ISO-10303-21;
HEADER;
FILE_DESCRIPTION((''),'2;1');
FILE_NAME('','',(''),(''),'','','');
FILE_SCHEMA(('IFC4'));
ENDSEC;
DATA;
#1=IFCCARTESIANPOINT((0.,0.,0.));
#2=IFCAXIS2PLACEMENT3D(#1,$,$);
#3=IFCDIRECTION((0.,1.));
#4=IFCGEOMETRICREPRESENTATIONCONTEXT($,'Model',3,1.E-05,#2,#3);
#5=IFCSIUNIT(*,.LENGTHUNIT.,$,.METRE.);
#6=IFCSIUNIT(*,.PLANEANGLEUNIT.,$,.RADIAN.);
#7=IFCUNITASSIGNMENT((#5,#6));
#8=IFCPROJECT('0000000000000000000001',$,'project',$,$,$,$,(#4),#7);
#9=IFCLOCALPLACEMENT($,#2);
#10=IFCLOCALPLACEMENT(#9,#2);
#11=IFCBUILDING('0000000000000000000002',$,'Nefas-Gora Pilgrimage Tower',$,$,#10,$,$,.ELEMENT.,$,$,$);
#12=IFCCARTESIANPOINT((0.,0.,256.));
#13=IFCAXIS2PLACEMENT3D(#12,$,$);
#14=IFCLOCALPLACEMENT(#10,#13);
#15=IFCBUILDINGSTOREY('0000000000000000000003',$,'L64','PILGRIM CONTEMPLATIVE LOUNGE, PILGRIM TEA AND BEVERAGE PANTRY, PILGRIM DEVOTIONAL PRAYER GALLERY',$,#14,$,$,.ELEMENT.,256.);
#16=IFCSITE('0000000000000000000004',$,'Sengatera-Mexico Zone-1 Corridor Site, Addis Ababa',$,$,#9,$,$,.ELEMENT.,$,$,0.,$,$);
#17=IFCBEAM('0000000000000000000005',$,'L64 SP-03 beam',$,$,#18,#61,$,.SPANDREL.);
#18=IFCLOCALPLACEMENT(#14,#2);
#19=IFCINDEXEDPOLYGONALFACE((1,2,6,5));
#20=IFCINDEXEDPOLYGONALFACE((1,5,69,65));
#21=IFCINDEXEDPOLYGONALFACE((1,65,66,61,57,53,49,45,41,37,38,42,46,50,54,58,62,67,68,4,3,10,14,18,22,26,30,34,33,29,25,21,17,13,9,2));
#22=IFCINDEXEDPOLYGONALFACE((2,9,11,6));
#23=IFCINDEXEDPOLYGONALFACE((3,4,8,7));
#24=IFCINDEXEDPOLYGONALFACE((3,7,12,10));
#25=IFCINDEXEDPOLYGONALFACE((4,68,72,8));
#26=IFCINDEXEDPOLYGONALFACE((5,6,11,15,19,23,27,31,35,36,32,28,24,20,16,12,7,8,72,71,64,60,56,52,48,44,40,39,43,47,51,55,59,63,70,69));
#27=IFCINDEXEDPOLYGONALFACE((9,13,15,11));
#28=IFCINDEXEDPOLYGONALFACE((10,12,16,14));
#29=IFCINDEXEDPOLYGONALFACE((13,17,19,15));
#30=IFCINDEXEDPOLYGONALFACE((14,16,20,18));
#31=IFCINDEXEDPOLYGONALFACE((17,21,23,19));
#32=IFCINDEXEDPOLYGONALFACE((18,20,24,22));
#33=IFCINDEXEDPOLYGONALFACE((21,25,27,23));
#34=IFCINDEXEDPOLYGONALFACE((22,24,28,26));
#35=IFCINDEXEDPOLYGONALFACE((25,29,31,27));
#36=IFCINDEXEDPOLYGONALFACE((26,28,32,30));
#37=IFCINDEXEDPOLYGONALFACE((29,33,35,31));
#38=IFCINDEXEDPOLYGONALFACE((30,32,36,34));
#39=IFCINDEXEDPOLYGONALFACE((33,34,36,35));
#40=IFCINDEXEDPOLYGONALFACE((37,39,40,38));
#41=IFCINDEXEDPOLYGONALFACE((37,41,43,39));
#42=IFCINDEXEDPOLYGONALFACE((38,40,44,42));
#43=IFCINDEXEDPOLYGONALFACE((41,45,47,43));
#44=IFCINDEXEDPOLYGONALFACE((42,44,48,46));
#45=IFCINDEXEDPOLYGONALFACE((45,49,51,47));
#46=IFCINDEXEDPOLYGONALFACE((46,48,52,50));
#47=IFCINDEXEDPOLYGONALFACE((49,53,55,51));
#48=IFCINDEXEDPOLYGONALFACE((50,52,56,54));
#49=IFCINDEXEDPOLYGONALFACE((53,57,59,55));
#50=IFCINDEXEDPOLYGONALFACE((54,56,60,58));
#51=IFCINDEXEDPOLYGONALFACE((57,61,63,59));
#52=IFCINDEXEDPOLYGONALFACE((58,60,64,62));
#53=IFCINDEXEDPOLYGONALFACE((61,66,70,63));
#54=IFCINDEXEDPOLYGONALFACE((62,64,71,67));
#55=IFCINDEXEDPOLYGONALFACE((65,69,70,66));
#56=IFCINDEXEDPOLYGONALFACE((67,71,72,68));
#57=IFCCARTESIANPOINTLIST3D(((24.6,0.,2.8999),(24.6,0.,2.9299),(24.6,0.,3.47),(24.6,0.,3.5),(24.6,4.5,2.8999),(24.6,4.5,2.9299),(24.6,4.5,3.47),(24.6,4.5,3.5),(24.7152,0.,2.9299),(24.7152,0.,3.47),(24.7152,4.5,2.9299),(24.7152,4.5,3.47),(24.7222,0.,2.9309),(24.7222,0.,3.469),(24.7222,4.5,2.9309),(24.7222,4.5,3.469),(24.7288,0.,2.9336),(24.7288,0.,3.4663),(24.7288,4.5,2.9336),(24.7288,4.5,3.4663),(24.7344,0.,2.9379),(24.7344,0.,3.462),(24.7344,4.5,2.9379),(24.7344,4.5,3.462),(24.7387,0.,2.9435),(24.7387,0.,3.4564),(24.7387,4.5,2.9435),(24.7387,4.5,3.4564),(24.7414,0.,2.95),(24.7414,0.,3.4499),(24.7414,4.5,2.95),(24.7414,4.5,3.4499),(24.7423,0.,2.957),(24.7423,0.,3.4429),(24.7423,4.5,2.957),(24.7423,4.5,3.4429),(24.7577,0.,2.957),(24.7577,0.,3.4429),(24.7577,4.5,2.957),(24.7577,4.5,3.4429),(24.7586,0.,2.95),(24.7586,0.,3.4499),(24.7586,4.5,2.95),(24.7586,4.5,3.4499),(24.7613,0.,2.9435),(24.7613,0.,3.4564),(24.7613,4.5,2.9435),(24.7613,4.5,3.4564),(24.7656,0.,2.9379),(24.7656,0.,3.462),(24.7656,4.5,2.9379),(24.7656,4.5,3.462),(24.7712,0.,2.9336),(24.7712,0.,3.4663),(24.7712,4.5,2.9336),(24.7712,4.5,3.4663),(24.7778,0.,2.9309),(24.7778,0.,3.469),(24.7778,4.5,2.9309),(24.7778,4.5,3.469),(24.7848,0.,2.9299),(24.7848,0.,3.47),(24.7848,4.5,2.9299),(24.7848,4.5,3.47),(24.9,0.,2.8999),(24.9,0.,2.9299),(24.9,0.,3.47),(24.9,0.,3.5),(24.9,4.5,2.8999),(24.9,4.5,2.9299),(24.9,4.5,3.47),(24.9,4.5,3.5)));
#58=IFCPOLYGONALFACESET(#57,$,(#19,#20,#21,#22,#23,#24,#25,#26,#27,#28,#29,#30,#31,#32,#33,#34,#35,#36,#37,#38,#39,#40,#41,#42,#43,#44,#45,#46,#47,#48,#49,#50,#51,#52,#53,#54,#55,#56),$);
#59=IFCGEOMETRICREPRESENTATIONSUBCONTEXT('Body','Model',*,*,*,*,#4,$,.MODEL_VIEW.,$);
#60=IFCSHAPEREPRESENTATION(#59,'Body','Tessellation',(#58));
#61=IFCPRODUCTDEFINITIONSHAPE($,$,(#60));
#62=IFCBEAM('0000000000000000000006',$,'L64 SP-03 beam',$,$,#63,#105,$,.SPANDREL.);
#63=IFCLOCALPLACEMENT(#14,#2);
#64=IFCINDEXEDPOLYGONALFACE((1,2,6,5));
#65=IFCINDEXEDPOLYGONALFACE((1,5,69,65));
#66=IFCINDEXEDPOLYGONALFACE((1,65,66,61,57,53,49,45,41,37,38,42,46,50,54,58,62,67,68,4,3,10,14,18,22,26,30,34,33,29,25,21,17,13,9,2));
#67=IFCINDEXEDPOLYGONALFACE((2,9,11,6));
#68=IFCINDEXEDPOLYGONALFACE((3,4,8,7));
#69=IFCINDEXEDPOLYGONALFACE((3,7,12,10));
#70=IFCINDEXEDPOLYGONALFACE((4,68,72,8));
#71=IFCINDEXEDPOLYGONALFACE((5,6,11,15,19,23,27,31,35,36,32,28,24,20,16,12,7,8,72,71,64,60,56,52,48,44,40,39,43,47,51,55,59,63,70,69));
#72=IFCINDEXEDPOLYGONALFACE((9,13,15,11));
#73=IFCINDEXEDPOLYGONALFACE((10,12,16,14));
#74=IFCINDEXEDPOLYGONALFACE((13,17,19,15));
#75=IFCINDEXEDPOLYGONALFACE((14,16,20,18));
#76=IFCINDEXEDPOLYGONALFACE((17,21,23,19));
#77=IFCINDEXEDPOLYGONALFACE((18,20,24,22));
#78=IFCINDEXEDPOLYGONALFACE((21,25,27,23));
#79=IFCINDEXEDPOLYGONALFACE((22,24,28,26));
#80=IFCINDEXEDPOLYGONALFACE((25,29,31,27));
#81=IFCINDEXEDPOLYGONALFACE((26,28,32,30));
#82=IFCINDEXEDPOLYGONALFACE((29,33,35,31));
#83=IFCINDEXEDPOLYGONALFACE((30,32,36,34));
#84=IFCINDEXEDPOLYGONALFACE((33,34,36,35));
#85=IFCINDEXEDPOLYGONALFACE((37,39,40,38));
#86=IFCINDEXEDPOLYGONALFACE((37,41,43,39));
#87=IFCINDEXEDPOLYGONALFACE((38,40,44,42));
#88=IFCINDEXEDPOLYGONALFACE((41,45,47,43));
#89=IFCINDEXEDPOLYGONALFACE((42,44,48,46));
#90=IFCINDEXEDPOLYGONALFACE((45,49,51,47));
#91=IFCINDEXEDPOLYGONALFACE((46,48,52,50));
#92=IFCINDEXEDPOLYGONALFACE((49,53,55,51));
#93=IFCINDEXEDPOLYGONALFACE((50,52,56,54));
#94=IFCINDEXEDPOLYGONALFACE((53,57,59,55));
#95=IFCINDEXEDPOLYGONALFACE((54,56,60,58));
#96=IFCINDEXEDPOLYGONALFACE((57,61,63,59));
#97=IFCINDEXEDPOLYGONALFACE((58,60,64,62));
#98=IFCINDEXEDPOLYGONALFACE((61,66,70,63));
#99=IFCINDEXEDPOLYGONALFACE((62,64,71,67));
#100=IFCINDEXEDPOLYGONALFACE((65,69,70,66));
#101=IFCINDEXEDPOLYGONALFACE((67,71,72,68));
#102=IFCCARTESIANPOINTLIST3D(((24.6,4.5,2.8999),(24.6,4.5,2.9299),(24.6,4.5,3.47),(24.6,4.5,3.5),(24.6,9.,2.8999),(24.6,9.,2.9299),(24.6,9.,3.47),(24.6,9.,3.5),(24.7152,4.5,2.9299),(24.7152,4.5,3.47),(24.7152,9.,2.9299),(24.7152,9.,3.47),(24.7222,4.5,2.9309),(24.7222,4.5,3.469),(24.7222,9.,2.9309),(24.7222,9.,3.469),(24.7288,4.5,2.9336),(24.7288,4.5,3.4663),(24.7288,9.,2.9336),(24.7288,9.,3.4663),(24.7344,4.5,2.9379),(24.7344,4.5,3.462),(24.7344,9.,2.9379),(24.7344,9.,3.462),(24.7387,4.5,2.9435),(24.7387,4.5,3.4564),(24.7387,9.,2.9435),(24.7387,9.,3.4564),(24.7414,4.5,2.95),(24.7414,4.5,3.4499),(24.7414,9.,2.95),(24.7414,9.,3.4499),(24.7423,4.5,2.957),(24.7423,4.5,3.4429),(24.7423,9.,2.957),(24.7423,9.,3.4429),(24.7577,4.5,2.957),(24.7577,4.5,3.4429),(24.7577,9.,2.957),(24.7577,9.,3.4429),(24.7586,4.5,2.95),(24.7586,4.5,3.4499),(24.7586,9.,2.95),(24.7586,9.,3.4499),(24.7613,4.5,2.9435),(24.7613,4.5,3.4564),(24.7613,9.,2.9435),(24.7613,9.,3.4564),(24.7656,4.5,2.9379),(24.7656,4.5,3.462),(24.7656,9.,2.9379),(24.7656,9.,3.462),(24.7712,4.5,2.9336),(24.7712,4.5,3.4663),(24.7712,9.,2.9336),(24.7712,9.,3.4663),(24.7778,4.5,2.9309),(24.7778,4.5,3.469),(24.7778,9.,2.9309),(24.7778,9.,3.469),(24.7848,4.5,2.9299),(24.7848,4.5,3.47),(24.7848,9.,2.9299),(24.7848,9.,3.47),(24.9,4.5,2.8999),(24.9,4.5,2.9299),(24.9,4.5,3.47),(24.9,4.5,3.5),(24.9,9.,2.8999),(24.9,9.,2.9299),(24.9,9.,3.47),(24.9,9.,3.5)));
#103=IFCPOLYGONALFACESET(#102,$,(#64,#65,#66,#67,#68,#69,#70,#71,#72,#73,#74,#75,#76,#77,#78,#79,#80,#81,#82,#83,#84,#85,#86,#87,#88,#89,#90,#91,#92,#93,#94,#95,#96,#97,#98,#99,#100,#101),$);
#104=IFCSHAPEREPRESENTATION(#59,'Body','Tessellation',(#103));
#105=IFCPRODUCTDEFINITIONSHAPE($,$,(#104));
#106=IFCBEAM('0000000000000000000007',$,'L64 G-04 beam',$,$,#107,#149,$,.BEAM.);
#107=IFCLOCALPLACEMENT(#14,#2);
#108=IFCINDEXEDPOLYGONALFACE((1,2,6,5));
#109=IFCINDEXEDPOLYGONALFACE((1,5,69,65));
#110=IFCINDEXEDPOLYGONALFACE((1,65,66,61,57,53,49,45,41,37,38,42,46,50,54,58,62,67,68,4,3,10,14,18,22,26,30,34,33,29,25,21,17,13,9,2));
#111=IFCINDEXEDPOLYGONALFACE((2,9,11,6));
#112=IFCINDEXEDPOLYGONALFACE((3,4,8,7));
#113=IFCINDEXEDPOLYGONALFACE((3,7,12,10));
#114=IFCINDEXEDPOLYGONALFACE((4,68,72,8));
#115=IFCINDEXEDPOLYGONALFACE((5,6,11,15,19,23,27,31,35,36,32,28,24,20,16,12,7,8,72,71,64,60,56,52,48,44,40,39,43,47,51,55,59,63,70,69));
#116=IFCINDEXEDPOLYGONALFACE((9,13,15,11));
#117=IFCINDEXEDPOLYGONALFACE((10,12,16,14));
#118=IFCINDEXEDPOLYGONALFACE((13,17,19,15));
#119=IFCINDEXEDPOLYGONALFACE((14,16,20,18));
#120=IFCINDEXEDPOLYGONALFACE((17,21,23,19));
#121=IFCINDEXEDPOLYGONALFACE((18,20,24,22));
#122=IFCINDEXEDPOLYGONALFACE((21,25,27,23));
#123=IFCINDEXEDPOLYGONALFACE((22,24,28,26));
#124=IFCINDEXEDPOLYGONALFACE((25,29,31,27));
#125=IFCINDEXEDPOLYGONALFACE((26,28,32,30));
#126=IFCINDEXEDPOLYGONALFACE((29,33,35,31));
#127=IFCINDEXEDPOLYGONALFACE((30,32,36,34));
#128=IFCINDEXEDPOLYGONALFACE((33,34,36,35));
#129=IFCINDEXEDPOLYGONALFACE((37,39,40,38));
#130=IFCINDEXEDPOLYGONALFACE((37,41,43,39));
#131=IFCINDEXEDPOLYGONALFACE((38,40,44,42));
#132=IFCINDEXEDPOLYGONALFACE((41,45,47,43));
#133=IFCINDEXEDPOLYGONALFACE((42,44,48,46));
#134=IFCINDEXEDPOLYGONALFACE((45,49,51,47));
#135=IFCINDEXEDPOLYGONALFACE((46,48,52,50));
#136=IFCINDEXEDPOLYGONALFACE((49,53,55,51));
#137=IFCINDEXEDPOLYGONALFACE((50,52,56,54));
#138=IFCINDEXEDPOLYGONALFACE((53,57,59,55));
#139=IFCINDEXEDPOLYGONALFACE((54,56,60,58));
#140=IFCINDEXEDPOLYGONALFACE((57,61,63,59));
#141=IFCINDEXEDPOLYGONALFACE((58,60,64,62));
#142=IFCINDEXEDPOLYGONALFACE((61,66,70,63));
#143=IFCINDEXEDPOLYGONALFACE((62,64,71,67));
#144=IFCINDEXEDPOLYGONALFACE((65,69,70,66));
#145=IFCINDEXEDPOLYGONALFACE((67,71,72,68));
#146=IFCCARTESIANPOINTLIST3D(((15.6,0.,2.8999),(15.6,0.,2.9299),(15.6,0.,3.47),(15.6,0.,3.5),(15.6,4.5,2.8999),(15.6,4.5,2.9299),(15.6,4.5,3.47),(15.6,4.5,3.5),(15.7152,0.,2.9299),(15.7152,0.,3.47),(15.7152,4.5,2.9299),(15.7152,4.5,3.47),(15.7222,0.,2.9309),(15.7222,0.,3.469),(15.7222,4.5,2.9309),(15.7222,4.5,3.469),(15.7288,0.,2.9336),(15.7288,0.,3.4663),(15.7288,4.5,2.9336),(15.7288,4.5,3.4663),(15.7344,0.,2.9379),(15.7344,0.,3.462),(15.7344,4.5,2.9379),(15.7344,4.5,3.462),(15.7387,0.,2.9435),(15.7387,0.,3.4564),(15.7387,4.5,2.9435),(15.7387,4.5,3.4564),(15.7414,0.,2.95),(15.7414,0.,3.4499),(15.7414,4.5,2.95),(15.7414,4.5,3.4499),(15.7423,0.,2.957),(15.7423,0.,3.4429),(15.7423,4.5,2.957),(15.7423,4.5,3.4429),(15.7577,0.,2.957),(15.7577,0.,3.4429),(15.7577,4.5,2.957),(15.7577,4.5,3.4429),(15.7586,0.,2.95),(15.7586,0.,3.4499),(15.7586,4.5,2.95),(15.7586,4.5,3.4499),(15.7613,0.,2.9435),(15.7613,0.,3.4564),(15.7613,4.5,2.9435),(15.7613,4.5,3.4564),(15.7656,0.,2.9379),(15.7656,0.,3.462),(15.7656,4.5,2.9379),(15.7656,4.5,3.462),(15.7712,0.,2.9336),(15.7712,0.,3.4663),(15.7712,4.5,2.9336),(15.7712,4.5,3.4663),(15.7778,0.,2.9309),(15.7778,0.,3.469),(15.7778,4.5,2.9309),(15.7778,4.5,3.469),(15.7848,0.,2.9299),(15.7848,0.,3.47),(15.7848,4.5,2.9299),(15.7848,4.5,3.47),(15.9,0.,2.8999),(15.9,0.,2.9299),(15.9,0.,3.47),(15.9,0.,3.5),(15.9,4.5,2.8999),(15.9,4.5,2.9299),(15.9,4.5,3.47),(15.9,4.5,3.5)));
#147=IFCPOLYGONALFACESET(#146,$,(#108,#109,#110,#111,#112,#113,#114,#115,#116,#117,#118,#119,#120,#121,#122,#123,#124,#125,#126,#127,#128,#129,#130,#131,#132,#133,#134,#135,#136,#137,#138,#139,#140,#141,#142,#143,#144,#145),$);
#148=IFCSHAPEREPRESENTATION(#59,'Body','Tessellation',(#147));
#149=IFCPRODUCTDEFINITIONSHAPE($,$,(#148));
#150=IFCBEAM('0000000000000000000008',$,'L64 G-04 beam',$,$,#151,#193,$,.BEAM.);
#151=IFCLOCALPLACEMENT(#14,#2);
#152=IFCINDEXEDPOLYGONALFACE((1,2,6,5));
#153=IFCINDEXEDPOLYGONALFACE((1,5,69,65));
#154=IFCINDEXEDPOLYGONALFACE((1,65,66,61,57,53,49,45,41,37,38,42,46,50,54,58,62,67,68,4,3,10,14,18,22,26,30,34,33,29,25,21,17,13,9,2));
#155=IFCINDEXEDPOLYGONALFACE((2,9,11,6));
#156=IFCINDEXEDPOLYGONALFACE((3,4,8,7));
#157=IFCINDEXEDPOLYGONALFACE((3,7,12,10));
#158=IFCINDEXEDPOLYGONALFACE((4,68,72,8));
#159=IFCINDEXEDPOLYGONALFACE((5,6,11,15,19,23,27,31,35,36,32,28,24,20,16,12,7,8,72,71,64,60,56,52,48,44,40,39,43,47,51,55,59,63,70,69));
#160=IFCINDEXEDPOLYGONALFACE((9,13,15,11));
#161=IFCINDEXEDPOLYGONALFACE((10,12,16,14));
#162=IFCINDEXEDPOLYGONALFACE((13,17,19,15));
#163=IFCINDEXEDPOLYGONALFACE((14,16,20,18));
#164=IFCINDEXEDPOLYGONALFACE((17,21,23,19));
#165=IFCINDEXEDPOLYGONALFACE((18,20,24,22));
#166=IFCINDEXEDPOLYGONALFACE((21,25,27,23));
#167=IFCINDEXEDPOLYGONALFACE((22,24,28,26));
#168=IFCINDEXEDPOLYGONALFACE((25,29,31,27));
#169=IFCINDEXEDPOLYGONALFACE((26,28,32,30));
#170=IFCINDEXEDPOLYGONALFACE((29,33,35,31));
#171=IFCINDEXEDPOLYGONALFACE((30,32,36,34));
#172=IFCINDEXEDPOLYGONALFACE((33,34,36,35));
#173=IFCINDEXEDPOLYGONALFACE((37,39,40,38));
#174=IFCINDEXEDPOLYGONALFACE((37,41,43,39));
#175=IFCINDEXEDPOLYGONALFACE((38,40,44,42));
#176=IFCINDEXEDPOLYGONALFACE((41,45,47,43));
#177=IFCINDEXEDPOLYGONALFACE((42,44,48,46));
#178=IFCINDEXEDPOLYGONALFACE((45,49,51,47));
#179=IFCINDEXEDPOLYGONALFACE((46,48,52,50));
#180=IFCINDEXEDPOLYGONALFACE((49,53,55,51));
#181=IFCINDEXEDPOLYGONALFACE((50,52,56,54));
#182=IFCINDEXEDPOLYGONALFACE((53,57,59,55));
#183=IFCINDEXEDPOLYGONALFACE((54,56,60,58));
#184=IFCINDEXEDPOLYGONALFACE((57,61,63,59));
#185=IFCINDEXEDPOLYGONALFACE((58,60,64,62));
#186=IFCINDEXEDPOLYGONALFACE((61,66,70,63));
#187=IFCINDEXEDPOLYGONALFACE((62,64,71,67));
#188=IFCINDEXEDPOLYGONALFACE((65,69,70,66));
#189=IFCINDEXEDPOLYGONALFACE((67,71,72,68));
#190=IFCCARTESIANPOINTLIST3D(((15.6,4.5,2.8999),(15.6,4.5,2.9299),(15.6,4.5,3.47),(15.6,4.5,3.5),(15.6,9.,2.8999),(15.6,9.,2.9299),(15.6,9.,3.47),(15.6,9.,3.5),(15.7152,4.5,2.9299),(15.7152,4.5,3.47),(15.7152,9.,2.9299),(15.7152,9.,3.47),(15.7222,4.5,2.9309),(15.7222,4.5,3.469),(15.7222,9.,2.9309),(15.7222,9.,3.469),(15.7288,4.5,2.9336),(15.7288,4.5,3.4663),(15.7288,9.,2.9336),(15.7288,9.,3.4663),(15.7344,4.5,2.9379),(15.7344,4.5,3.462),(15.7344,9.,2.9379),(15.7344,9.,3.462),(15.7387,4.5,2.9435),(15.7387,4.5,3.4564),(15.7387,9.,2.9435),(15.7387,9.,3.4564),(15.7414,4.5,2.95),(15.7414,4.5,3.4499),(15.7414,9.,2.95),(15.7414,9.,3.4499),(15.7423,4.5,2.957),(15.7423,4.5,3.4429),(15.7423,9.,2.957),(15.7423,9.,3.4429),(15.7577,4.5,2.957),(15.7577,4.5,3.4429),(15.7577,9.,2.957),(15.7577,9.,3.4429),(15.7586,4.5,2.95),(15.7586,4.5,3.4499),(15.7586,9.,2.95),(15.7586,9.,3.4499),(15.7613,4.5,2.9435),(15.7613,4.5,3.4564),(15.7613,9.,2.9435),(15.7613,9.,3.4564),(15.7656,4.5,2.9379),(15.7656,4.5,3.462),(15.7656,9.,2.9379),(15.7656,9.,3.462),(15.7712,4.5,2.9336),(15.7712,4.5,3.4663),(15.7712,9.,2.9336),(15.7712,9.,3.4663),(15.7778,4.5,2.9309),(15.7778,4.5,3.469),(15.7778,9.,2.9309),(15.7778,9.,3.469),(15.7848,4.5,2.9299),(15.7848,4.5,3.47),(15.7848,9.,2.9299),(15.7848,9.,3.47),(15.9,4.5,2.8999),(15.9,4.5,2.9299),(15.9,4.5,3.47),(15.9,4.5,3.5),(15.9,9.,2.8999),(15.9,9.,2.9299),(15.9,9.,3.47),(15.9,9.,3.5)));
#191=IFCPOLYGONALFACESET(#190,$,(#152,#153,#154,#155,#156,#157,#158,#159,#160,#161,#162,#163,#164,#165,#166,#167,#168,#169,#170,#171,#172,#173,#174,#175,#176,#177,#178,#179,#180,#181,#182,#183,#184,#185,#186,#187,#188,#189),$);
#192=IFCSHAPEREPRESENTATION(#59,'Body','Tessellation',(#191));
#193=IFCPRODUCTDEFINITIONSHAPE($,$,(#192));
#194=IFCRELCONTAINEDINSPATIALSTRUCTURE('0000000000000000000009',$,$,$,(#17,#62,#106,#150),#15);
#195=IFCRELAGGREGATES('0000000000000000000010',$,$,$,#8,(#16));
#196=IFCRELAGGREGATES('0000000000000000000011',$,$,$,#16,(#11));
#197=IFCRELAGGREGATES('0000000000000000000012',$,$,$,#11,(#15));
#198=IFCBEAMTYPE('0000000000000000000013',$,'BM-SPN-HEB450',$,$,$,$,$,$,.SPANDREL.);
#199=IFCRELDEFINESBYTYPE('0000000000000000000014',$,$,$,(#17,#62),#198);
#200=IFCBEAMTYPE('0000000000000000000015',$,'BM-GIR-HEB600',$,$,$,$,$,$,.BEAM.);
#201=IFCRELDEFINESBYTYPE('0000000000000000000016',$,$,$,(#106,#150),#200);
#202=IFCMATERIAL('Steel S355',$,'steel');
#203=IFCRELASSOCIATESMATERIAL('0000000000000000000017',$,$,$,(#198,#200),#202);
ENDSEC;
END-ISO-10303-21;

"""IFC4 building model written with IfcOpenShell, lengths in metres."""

from ifc_helpers import new_model, si_unit, direction, frame, origin, origin_2d, place, context, subcontext, project, spatial, i_section, extrude, source, transform, mapped, material, material_profile, profile_set, type_object, element, save


model = new_model("IFC4")

# Units and contexts
model_context = context("Model", 3, precision=1e-05, world=origin(), true_north=direction((0.0, 1.0)))
body_context = subcontext(model_context, "Body", "Model", "MODEL_VIEW")
ifc_project = project(units=[si_unit("LENGTHUNIT", "METRE"), si_unit("PLANEANGLEUNIT", "RADIAN")], contexts=[model_context])

# Site, building, storey
site_placement = place(None, origin())
site = spatial("IfcSite", under=ifc_project, at=site_placement, Name="Sengatera-Mexico Zone-1 Corridor Site, Addis Ababa", CompositionType="ELEMENT", RefElevation=0.0)
building_placement = place(site_placement, origin())
building = spatial("IfcBuilding", under=site, at=building_placement, Name="Nefas-Gora Pilgrimage Tower", CompositionType="ELEMENT")
storey_placement = place(building_placement, frame((0.0, 0.0, 256.0)))
storey = spatial("IfcBuildingStorey", under=building, at=storey_placement, Name="L64", Description="PILGRIM CONTEMPLATIVE LOUNGE, PILGRIM TEA AND BEVERAGE PANTRY, PILGRIM DEVOTIONAL PRAYER GALLERY", CompositionType="ELEMENT", Elevation=256.0)

# Beams
ifc_material_1 = material(Name="Steel S355", Category="steel")
ifc_material_profile_1 = material_profile(ifc_material_1, i_section(OverallWidth=0.3, OverallDepth=0.6001, WebThickness=0.0154, FlangeThickness=0.03, FilletRadius=0.0271, at=origin_2d()), Name="HEB 600")
ifc_profile_set_1 = profile_set([ifc_material_profile_1], Name="Steel S355")
beam_type_1 = type_object("IfcBeamType", Name="BM-SPN-HEB450", PredefinedType="SPANDREL", material=ifc_profile_set_1)
shared_shape_1 = source(origin(), body_context, "Body", "SweptSolid", [
    extrude(i_section(OverallWidth=0.3, OverallDepth=0.6001, WebThickness=0.0154, FlangeThickness=0.03, FilletRadius=0.0271, at=origin_2d()), origin(), (0.0, 0.0, 1.0), 4.5),
])
for number, where, z_axis, x_axis, name in (
    (1, (24.75, 0.0, 3.2), (0.0, 1.0, 0.0), (-1.0, 0.0, 0.0), "L64 SP-03 beam"),
    (2, (24.75, 4.5, 3.2), (0.0, 1.0, 0.0), (-1.0, 0.0, 0.0), "L64 SP-03 beam"),
):
    element("IfcBeam", number, at=place(storey_placement, frame(where, z_axis=z_axis, x_axis=x_axis)), inside=storey, type_object=beam_type_1, Name=name, PredefinedType="SPANDREL", context=body_context, shape_type="MappedRepresentation", body=[
        mapped(shared_shape_1, transform((0.0, 0.0, 0.0), x_axis=(1.0, 0.0, 0.0), y_axis=(0.0, 1.0, 0.0), z_axis=(0.0, 0.0, 1.0), scale=1.0)),
    ])
ifc_material_profile_2 = material_profile(ifc_material_1, i_section(OverallWidth=0.3, OverallDepth=0.6001, WebThickness=0.0154, FlangeThickness=0.03, FilletRadius=0.0271, at=origin_2d()), Name="HEB 600")
ifc_profile_set_2 = profile_set([ifc_material_profile_2], Name="Steel S355")
beam_type_2 = type_object("IfcBeamType", Name="BM-GIR-HEB600", PredefinedType="BEAM", material=ifc_profile_set_2)
shared_shape_2 = source(origin(), body_context, "Body", "SweptSolid", [
    extrude(i_section(OverallWidth=0.3, OverallDepth=0.6001, WebThickness=0.0154, FlangeThickness=0.03, FilletRadius=0.0271, at=origin_2d()), origin(), (0.0, 0.0, 1.0), 4.5),
])
for number, where, z_axis, x_axis, name in (
    (3, (15.75, 0.0, 3.2), (0.0, 1.0, 0.0), (-1.0, 0.0, 0.0), "L64 G-04 beam"),
    (4, (15.75, 4.5, 3.2), (0.0, 1.0, 0.0), (-1.0, 0.0, 0.0), "L64 G-04 beam"),
):
    element("IfcBeam", number, at=place(storey_placement, frame(where, z_axis=z_axis, x_axis=x_axis)), inside=storey, type_object=beam_type_2, Name=name, PredefinedType="BEAM", context=body_context, shape_type="MappedRepresentation", body=[
        mapped(shared_shape_2, transform((0.0, 0.0, 0.0), x_axis=(1.0, 0.0, 0.0), y_axis=(0.0, 1.0, 0.0), z_axis=(0.0, 0.0, 1.0), scale=1.0)),
    ])

save(model, "model.ifc")
